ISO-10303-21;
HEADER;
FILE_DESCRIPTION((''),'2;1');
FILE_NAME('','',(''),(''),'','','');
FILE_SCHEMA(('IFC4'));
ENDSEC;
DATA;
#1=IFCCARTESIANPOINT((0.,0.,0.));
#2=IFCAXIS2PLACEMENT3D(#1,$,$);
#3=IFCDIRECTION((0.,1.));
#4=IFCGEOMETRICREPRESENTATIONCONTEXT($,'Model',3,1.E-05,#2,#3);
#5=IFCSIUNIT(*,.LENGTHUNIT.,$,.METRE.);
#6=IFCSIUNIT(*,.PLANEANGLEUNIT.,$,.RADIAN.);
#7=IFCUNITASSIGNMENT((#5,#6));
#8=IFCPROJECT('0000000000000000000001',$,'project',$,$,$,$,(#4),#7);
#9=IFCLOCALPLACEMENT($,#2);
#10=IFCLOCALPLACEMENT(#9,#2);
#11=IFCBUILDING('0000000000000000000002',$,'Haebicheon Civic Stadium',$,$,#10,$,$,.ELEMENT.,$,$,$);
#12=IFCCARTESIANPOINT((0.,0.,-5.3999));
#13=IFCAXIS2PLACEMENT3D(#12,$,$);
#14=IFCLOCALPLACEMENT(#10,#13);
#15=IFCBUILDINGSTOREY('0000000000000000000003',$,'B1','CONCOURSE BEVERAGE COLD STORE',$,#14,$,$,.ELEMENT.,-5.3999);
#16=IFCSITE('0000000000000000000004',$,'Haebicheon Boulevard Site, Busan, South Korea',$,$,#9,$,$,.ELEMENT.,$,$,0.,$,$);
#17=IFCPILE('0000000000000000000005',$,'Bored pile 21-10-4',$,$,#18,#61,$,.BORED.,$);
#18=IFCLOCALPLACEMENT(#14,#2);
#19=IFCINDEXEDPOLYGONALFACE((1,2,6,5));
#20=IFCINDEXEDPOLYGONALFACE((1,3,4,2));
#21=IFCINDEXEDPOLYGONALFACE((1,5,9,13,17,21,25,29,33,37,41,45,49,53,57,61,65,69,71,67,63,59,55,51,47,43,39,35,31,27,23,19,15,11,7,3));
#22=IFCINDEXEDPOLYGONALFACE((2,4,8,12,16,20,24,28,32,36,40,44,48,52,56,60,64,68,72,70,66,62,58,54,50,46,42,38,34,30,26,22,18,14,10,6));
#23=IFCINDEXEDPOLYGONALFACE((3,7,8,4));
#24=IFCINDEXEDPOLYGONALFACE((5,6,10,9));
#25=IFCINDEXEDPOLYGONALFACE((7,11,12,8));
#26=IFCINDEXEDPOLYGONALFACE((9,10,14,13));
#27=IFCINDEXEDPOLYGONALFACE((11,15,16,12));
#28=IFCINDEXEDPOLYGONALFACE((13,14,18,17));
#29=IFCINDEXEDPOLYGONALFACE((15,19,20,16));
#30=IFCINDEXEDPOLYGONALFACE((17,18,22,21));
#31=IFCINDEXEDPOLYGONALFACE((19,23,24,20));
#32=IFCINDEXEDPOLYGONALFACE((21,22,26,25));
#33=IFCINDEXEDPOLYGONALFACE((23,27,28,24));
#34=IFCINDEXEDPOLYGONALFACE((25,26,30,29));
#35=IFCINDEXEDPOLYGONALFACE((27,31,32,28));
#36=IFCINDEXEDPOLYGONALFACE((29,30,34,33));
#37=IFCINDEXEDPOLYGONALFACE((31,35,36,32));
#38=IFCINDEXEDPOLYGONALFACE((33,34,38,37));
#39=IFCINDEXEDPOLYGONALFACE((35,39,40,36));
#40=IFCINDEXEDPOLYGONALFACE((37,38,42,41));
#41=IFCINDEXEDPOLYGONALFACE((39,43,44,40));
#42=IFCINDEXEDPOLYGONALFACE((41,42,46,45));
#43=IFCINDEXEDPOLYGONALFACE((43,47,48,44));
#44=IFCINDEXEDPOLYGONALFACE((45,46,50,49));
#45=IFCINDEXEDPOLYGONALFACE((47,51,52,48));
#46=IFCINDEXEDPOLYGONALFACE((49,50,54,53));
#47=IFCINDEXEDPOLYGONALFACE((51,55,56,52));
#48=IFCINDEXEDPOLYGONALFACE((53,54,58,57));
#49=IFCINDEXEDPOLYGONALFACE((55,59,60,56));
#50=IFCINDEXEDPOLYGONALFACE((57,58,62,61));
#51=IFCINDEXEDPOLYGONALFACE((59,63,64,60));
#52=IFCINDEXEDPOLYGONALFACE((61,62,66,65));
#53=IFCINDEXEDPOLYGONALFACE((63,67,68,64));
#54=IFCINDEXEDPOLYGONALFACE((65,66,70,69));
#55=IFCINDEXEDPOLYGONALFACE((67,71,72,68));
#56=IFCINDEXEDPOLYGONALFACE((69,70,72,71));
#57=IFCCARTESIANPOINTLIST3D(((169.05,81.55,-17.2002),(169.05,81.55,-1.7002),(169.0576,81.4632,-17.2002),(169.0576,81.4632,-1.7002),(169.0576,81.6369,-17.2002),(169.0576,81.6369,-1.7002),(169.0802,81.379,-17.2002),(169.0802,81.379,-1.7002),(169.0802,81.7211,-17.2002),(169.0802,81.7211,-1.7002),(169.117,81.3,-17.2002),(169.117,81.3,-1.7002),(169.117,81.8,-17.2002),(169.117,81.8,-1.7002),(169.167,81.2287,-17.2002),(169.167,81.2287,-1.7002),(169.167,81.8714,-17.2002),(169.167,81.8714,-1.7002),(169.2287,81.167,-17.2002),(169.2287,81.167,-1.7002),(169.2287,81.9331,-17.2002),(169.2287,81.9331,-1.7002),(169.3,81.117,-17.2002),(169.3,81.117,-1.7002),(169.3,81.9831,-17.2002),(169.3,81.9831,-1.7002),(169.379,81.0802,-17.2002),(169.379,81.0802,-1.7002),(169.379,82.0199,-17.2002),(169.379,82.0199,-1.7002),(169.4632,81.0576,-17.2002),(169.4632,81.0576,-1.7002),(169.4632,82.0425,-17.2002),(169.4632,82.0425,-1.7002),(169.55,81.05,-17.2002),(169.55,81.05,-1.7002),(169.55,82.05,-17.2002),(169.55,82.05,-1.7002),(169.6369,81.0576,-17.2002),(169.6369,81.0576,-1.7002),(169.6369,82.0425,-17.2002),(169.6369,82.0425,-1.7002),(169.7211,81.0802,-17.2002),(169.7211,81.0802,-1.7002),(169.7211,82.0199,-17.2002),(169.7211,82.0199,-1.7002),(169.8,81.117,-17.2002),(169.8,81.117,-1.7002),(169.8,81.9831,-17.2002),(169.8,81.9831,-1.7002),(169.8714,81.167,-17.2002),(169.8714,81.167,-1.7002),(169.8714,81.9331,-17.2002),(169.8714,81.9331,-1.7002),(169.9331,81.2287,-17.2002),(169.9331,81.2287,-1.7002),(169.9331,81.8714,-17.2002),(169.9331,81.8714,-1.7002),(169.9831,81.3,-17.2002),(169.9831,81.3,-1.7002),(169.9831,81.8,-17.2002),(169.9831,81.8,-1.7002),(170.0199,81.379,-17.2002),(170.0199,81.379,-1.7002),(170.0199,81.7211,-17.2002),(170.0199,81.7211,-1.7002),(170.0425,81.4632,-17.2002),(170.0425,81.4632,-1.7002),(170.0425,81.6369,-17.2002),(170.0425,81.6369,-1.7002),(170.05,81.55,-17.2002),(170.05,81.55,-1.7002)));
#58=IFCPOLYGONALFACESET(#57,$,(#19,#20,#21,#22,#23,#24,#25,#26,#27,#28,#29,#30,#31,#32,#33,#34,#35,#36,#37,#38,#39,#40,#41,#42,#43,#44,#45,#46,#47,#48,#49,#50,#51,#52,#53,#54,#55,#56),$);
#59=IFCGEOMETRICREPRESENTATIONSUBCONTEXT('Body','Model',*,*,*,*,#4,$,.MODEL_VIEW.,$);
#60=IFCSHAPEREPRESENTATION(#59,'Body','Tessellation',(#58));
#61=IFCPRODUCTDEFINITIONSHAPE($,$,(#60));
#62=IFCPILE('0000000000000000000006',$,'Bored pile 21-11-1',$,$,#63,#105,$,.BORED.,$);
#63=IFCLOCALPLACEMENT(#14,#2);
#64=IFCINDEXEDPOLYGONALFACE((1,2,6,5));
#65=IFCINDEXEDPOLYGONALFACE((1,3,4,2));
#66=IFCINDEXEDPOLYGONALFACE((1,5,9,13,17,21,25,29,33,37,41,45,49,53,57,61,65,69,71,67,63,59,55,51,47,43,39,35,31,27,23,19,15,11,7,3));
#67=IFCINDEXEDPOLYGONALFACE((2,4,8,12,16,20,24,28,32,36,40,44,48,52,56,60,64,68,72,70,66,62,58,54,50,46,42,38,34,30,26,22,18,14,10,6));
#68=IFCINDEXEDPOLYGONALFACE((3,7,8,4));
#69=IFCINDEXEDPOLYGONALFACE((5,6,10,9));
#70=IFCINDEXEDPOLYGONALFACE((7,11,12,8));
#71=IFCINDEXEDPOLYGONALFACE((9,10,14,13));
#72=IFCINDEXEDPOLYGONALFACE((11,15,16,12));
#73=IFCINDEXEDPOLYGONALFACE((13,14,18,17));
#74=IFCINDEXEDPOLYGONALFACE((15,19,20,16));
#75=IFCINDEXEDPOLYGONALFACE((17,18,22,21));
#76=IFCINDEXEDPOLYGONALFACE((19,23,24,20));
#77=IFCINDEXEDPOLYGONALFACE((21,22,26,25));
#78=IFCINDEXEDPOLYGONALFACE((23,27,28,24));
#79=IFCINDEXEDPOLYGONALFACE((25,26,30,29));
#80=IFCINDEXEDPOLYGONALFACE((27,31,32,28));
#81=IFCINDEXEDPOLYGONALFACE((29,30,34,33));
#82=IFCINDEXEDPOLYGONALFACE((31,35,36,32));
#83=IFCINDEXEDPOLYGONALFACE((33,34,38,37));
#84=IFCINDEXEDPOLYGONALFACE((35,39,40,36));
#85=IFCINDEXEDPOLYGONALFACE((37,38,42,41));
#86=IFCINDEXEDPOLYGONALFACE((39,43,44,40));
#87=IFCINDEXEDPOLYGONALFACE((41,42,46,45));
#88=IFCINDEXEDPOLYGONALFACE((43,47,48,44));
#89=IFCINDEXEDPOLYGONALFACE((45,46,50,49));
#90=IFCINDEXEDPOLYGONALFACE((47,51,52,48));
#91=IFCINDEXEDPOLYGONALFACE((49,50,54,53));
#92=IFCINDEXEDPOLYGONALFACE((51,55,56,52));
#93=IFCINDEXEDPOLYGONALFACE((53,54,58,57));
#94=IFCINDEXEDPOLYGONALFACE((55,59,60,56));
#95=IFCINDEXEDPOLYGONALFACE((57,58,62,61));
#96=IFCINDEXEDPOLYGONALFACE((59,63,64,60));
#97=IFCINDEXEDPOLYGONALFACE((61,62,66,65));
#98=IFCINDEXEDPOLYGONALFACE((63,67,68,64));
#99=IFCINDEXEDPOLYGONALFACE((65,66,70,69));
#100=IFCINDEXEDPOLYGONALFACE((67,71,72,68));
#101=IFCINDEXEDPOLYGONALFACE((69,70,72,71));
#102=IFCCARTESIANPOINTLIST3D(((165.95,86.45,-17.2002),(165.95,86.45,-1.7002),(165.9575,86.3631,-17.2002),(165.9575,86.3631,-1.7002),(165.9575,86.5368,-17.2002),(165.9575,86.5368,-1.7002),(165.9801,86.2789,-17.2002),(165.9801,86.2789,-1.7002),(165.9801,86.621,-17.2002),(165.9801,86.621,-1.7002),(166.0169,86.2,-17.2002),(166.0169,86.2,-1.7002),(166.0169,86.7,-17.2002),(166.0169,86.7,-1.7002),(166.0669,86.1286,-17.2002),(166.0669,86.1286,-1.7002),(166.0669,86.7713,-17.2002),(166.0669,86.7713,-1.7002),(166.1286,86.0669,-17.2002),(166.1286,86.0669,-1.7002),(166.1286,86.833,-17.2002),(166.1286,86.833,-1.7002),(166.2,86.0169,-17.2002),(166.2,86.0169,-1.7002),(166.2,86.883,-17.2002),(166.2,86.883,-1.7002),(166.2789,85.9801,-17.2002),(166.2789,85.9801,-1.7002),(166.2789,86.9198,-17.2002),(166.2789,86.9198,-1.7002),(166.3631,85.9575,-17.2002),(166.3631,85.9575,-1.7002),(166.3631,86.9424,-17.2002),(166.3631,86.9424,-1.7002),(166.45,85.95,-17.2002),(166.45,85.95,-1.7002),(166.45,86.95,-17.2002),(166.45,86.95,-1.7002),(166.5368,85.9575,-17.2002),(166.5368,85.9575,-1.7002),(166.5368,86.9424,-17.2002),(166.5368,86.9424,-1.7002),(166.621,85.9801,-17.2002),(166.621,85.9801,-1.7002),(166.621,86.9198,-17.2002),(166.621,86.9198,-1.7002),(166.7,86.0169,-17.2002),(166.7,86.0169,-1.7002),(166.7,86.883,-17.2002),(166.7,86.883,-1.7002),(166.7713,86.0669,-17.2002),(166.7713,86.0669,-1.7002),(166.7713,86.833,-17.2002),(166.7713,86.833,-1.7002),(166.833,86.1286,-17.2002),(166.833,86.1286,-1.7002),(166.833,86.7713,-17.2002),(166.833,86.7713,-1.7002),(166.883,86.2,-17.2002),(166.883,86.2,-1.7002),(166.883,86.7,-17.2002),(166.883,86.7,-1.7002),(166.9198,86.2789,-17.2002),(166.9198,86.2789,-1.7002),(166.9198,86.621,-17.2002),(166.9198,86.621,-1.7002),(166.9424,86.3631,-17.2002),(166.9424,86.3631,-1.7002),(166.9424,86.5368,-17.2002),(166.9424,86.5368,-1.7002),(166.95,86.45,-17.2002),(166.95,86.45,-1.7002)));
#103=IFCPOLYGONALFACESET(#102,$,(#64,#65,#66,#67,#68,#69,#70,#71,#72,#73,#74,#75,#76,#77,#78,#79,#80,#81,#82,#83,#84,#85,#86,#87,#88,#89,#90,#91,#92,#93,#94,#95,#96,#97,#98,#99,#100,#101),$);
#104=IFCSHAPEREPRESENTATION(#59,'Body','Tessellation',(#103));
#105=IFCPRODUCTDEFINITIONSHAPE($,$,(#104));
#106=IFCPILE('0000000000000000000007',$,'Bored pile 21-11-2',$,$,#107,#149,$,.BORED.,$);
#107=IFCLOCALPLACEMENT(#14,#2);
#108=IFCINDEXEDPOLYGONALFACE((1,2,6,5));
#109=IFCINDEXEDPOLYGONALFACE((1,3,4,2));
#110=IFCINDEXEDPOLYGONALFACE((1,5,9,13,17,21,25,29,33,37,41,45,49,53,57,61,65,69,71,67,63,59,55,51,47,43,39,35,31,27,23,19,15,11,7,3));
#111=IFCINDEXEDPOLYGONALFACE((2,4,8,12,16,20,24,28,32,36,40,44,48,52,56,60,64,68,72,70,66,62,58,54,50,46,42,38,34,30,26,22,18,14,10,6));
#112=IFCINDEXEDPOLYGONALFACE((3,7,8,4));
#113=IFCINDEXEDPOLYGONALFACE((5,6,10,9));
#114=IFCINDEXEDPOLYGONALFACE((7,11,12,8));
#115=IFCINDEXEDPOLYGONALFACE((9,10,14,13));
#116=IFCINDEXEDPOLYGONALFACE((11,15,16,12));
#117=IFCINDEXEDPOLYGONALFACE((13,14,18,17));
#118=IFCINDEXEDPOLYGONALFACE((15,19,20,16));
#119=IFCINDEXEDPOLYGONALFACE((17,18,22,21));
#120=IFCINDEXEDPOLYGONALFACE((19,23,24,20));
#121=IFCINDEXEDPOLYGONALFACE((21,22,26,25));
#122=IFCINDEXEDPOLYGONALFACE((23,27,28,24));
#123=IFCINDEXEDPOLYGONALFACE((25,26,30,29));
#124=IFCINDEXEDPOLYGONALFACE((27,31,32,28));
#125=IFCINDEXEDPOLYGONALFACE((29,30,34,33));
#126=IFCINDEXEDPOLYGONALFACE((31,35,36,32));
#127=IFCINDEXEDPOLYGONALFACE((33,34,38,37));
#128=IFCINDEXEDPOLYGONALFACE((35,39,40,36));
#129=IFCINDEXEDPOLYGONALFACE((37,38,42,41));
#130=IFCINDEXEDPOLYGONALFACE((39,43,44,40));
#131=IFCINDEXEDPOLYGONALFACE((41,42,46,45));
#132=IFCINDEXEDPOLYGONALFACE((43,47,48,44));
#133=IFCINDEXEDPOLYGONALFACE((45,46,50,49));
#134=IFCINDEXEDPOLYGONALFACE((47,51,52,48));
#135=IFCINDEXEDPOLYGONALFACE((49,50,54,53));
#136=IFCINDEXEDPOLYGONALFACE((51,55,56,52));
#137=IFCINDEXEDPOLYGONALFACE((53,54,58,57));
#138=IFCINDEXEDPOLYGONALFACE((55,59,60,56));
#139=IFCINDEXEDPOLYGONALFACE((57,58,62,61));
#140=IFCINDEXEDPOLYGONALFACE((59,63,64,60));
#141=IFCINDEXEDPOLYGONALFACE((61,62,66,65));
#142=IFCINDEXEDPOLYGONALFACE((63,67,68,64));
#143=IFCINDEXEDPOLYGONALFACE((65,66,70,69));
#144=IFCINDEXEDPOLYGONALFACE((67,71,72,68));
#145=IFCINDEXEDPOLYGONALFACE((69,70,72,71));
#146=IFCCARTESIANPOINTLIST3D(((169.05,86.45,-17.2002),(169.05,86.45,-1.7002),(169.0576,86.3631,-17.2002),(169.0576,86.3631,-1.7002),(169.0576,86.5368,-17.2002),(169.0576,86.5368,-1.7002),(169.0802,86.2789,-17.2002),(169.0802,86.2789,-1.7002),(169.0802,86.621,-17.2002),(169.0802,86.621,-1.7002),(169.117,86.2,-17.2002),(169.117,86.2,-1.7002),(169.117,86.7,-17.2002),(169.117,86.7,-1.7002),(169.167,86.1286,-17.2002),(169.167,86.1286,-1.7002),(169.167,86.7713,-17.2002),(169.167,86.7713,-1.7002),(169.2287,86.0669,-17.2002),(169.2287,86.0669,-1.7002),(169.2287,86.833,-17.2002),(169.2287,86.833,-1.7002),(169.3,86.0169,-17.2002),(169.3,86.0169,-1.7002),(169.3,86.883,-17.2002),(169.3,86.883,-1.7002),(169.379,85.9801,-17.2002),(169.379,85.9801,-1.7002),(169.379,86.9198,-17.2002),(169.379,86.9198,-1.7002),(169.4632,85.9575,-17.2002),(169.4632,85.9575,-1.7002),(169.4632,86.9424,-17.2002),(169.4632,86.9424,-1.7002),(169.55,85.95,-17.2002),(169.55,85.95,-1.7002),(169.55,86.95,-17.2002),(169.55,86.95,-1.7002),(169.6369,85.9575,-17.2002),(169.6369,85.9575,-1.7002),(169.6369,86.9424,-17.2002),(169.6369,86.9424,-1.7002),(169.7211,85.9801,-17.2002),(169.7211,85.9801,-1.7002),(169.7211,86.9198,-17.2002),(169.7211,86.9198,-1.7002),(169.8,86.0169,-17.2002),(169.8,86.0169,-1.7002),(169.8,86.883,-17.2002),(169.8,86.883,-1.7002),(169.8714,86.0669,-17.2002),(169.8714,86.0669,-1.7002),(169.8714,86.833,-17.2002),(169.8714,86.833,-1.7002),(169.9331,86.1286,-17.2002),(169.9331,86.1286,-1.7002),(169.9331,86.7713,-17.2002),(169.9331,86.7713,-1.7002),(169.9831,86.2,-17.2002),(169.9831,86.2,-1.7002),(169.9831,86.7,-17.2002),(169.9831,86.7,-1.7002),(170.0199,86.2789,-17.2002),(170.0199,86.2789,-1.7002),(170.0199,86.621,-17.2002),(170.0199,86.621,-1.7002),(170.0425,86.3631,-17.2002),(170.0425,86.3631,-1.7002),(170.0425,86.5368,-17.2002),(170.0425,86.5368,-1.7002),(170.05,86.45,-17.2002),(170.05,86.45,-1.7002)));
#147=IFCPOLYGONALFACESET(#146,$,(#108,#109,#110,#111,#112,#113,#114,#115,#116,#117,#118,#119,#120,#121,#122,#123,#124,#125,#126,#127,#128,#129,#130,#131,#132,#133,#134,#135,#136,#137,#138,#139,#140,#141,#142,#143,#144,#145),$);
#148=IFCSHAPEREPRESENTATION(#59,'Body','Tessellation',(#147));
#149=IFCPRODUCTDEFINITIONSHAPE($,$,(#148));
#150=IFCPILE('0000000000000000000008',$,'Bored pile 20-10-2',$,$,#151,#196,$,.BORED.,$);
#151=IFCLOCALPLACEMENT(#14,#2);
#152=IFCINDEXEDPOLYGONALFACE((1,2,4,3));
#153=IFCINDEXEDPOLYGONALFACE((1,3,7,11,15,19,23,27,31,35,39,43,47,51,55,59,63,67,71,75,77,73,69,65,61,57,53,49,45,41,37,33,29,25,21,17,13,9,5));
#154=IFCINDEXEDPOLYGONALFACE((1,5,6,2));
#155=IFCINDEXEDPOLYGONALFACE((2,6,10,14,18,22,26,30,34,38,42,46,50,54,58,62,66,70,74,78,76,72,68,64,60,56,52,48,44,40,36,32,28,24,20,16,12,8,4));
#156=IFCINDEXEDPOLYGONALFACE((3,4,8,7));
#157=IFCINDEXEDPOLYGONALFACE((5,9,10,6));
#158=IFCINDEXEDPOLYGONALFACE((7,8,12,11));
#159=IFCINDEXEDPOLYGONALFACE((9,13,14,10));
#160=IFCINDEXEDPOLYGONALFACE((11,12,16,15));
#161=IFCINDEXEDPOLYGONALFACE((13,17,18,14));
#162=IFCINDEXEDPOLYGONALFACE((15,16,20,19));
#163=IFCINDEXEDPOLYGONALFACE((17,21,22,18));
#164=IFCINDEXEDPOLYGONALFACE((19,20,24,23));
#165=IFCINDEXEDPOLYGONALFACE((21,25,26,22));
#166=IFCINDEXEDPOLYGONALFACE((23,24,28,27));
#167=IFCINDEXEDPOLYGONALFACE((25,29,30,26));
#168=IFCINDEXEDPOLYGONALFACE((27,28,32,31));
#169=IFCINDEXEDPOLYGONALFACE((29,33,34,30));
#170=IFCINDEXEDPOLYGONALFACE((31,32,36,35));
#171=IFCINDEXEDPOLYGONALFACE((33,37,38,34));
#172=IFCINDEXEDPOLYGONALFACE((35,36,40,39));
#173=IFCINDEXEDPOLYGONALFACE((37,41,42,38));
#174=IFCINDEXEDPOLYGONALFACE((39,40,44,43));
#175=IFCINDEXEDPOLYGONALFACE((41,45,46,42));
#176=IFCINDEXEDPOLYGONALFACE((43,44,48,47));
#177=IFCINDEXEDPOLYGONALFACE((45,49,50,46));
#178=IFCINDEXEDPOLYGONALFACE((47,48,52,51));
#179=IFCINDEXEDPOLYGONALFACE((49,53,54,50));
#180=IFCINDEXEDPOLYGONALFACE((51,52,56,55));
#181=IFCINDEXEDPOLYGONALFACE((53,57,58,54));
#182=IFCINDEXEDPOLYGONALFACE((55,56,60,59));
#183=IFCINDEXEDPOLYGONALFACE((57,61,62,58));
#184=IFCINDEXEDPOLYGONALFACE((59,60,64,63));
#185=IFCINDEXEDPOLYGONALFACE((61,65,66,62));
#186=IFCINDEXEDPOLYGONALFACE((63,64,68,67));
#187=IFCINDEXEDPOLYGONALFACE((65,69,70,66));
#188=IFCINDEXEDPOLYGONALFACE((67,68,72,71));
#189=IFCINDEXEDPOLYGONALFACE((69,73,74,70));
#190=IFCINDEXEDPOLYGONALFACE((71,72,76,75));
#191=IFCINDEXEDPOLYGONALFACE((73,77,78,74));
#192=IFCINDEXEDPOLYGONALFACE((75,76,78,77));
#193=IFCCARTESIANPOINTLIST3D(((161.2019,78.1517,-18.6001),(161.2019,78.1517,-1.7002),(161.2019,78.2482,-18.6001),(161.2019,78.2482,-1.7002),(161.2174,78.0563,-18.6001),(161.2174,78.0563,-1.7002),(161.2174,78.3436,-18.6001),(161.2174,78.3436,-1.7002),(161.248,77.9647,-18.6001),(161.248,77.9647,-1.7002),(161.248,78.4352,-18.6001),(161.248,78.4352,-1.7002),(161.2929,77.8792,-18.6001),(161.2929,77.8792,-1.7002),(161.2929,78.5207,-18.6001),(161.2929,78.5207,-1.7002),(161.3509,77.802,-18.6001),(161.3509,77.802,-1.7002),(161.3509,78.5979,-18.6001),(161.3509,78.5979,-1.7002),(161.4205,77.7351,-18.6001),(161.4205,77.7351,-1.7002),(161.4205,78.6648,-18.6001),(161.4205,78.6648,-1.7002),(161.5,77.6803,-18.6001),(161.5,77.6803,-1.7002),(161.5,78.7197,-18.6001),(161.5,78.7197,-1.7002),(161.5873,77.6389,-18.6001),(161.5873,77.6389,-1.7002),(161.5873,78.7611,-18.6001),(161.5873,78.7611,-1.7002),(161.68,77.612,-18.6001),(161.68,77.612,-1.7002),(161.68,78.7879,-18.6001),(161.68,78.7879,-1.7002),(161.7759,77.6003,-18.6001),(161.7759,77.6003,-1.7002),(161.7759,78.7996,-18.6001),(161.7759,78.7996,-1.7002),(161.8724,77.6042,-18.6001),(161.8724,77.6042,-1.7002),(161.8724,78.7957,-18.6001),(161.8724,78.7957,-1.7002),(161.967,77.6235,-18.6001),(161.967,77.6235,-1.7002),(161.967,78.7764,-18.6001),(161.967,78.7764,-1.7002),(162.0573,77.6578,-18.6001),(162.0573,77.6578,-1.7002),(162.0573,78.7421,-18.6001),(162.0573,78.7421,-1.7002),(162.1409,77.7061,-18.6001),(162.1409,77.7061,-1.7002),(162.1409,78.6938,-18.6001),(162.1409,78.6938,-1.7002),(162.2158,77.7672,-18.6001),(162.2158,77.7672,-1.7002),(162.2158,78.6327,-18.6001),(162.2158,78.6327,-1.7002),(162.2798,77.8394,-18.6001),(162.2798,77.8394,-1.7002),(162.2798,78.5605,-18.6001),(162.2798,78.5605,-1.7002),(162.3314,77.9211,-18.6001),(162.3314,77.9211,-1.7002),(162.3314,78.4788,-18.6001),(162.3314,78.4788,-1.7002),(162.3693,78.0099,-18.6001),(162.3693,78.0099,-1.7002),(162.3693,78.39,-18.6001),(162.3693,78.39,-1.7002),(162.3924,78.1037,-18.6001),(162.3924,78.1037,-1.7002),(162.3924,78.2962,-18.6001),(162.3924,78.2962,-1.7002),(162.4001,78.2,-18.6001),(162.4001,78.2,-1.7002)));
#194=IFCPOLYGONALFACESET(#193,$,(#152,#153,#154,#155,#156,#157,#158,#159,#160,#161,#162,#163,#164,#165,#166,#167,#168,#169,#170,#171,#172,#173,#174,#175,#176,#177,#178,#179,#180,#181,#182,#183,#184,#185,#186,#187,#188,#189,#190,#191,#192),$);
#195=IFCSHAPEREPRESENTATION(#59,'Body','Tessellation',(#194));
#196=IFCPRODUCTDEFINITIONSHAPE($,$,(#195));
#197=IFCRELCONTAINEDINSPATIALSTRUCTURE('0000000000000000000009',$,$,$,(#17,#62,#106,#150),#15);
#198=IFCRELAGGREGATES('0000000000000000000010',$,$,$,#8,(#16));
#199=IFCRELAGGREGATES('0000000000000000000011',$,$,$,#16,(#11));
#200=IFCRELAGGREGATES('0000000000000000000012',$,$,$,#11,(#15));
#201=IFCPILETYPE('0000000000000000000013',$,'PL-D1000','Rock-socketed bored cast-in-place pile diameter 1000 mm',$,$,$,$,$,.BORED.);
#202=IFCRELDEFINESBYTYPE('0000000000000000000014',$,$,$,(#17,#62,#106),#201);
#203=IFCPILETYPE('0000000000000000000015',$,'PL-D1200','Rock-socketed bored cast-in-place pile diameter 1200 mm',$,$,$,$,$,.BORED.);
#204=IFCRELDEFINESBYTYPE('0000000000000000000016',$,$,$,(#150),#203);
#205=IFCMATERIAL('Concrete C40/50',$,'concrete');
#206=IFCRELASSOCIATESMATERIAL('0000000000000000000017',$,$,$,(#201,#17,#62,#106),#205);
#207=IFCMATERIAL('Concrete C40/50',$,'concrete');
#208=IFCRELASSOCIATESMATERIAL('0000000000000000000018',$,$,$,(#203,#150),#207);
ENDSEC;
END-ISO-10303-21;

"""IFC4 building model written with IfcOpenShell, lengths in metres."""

from ifc_helpers import new_model, si_unit, direction, frame, origin, origin_2d, place, context, subcontext, project, spatial, circle, extrude, material, material_profile, profile_set, type_object, element, save


model = new_model("IFC4")

# Units and contexts
model_context = context("Model", 3, precision=1e-05, world=origin(), true_north=direction((0.0, 1.0)))
body_context = subcontext(model_context, "Body", "Model", "MODEL_VIEW")
ifc_project = project(units=[si_unit("LENGTHUNIT", "METRE"), si_unit("PLANEANGLEUNIT", "RADIAN")], contexts=[model_context])

# Site, building, storey
site_placement = place(None, origin())
site = spatial("IfcSite", under=ifc_project, at=site_placement, Name="Haebicheon Boulevard Site, Busan, South Korea", CompositionType="ELEMENT", RefElevation=0.0)
building_placement = place(site_placement, origin())
building = spatial("IfcBuilding", under=site, at=building_placement, Name="Haebicheon Civic Stadium", CompositionType="ELEMENT")
storey_placement = place(building_placement, frame((0.0, 0.0, -5.3999)))
storey = spatial("IfcBuildingStorey", under=building, at=storey_placement, Name="B1", Description="CONCOURSE BEVERAGE COLD STORE", CompositionType="ELEMENT", Elevation=-5.3999)

# Piles
ifc_material_1 = material(Name="Concrete C40/50", Category="concrete")
ifc_material_profile_1 = material_profile(ifc_material_1, circle(Radius=0.5, at=origin_2d()), Name="PILE-D1000")
ifc_profile_set_1 = profile_set([ifc_material_profile_1], Name="Concrete C40/50")
pile_type_1 = type_object("IfcPileType", Name="PL-D1000", Description="Rock-socketed bored cast-in-place pile diameter 1000 mm", PredefinedType="BORED", material=ifc_profile_set_1)
for number, where, z_axis, x_axis, name in (
    (1, (169.55, 81.55, -1.7002), (0.0, 0.0, -1.0), (1.0, 0.0, 0.0), "Bored pile 21-10-4"),
    (2, (166.45, 86.45, -1.7002), (0.0, 0.0, -1.0), (1.0, 0.0, 0.0), "Bored pile 21-11-1"),
    (3, (169.55, 86.45, -1.7002), (0.0, 0.0, -1.0), (1.0, 0.0, 0.0), "Bored pile 21-11-2"),
):
    element("IfcPile", number, at=place(storey_placement, frame(where, z_axis=z_axis, x_axis=x_axis)), inside=storey, type_object=pile_type_1, material=ifc_profile_set_1, Name=name, PredefinedType="BORED", context=body_context, shape_type="SweptSolid", body=[
        extrude(circle(Radius=0.5, at=origin_2d()), origin(), (0.0, 0.0, 1.0), 15.5),
    ])
ifc_material_2 = material(Name="Concrete C40/50", Category="concrete")
ifc_material_profile_2 = material_profile(ifc_material_2, circle(Radius=0.6001, at=origin_2d()), Name="PILE-D1200")
ifc_profile_set_2 = profile_set([ifc_material_profile_2], Name="Concrete C40/50")
pile_type_2 = type_object("IfcPileType", Name="PL-D1200", Description="Rock-socketed bored cast-in-place pile diameter 1200 mm", PredefinedType="BORED", material=ifc_profile_set_2)
for number, where, z_axis, x_axis, name in (
    (4, (161.8, 78.2, -1.7002), (0.0, 0.0, -1.0), (1.0, 0.0, 0.0), "Bored pile 20-10-2"),
):
    element("IfcPile", number, at=place(storey_placement, frame(where, z_axis=z_axis, x_axis=x_axis)), inside=storey, type_object=pile_type_2, material=ifc_profile_set_2, Name=name, PredefinedType="BORED", context=body_context, shape_type="SweptSolid", body=[
        extrude(circle(Radius=0.6001, at=origin_2d()), origin(), (0.0, 0.0, 1.0), 16.8999),
    ])

save(model, "model.ifc")
